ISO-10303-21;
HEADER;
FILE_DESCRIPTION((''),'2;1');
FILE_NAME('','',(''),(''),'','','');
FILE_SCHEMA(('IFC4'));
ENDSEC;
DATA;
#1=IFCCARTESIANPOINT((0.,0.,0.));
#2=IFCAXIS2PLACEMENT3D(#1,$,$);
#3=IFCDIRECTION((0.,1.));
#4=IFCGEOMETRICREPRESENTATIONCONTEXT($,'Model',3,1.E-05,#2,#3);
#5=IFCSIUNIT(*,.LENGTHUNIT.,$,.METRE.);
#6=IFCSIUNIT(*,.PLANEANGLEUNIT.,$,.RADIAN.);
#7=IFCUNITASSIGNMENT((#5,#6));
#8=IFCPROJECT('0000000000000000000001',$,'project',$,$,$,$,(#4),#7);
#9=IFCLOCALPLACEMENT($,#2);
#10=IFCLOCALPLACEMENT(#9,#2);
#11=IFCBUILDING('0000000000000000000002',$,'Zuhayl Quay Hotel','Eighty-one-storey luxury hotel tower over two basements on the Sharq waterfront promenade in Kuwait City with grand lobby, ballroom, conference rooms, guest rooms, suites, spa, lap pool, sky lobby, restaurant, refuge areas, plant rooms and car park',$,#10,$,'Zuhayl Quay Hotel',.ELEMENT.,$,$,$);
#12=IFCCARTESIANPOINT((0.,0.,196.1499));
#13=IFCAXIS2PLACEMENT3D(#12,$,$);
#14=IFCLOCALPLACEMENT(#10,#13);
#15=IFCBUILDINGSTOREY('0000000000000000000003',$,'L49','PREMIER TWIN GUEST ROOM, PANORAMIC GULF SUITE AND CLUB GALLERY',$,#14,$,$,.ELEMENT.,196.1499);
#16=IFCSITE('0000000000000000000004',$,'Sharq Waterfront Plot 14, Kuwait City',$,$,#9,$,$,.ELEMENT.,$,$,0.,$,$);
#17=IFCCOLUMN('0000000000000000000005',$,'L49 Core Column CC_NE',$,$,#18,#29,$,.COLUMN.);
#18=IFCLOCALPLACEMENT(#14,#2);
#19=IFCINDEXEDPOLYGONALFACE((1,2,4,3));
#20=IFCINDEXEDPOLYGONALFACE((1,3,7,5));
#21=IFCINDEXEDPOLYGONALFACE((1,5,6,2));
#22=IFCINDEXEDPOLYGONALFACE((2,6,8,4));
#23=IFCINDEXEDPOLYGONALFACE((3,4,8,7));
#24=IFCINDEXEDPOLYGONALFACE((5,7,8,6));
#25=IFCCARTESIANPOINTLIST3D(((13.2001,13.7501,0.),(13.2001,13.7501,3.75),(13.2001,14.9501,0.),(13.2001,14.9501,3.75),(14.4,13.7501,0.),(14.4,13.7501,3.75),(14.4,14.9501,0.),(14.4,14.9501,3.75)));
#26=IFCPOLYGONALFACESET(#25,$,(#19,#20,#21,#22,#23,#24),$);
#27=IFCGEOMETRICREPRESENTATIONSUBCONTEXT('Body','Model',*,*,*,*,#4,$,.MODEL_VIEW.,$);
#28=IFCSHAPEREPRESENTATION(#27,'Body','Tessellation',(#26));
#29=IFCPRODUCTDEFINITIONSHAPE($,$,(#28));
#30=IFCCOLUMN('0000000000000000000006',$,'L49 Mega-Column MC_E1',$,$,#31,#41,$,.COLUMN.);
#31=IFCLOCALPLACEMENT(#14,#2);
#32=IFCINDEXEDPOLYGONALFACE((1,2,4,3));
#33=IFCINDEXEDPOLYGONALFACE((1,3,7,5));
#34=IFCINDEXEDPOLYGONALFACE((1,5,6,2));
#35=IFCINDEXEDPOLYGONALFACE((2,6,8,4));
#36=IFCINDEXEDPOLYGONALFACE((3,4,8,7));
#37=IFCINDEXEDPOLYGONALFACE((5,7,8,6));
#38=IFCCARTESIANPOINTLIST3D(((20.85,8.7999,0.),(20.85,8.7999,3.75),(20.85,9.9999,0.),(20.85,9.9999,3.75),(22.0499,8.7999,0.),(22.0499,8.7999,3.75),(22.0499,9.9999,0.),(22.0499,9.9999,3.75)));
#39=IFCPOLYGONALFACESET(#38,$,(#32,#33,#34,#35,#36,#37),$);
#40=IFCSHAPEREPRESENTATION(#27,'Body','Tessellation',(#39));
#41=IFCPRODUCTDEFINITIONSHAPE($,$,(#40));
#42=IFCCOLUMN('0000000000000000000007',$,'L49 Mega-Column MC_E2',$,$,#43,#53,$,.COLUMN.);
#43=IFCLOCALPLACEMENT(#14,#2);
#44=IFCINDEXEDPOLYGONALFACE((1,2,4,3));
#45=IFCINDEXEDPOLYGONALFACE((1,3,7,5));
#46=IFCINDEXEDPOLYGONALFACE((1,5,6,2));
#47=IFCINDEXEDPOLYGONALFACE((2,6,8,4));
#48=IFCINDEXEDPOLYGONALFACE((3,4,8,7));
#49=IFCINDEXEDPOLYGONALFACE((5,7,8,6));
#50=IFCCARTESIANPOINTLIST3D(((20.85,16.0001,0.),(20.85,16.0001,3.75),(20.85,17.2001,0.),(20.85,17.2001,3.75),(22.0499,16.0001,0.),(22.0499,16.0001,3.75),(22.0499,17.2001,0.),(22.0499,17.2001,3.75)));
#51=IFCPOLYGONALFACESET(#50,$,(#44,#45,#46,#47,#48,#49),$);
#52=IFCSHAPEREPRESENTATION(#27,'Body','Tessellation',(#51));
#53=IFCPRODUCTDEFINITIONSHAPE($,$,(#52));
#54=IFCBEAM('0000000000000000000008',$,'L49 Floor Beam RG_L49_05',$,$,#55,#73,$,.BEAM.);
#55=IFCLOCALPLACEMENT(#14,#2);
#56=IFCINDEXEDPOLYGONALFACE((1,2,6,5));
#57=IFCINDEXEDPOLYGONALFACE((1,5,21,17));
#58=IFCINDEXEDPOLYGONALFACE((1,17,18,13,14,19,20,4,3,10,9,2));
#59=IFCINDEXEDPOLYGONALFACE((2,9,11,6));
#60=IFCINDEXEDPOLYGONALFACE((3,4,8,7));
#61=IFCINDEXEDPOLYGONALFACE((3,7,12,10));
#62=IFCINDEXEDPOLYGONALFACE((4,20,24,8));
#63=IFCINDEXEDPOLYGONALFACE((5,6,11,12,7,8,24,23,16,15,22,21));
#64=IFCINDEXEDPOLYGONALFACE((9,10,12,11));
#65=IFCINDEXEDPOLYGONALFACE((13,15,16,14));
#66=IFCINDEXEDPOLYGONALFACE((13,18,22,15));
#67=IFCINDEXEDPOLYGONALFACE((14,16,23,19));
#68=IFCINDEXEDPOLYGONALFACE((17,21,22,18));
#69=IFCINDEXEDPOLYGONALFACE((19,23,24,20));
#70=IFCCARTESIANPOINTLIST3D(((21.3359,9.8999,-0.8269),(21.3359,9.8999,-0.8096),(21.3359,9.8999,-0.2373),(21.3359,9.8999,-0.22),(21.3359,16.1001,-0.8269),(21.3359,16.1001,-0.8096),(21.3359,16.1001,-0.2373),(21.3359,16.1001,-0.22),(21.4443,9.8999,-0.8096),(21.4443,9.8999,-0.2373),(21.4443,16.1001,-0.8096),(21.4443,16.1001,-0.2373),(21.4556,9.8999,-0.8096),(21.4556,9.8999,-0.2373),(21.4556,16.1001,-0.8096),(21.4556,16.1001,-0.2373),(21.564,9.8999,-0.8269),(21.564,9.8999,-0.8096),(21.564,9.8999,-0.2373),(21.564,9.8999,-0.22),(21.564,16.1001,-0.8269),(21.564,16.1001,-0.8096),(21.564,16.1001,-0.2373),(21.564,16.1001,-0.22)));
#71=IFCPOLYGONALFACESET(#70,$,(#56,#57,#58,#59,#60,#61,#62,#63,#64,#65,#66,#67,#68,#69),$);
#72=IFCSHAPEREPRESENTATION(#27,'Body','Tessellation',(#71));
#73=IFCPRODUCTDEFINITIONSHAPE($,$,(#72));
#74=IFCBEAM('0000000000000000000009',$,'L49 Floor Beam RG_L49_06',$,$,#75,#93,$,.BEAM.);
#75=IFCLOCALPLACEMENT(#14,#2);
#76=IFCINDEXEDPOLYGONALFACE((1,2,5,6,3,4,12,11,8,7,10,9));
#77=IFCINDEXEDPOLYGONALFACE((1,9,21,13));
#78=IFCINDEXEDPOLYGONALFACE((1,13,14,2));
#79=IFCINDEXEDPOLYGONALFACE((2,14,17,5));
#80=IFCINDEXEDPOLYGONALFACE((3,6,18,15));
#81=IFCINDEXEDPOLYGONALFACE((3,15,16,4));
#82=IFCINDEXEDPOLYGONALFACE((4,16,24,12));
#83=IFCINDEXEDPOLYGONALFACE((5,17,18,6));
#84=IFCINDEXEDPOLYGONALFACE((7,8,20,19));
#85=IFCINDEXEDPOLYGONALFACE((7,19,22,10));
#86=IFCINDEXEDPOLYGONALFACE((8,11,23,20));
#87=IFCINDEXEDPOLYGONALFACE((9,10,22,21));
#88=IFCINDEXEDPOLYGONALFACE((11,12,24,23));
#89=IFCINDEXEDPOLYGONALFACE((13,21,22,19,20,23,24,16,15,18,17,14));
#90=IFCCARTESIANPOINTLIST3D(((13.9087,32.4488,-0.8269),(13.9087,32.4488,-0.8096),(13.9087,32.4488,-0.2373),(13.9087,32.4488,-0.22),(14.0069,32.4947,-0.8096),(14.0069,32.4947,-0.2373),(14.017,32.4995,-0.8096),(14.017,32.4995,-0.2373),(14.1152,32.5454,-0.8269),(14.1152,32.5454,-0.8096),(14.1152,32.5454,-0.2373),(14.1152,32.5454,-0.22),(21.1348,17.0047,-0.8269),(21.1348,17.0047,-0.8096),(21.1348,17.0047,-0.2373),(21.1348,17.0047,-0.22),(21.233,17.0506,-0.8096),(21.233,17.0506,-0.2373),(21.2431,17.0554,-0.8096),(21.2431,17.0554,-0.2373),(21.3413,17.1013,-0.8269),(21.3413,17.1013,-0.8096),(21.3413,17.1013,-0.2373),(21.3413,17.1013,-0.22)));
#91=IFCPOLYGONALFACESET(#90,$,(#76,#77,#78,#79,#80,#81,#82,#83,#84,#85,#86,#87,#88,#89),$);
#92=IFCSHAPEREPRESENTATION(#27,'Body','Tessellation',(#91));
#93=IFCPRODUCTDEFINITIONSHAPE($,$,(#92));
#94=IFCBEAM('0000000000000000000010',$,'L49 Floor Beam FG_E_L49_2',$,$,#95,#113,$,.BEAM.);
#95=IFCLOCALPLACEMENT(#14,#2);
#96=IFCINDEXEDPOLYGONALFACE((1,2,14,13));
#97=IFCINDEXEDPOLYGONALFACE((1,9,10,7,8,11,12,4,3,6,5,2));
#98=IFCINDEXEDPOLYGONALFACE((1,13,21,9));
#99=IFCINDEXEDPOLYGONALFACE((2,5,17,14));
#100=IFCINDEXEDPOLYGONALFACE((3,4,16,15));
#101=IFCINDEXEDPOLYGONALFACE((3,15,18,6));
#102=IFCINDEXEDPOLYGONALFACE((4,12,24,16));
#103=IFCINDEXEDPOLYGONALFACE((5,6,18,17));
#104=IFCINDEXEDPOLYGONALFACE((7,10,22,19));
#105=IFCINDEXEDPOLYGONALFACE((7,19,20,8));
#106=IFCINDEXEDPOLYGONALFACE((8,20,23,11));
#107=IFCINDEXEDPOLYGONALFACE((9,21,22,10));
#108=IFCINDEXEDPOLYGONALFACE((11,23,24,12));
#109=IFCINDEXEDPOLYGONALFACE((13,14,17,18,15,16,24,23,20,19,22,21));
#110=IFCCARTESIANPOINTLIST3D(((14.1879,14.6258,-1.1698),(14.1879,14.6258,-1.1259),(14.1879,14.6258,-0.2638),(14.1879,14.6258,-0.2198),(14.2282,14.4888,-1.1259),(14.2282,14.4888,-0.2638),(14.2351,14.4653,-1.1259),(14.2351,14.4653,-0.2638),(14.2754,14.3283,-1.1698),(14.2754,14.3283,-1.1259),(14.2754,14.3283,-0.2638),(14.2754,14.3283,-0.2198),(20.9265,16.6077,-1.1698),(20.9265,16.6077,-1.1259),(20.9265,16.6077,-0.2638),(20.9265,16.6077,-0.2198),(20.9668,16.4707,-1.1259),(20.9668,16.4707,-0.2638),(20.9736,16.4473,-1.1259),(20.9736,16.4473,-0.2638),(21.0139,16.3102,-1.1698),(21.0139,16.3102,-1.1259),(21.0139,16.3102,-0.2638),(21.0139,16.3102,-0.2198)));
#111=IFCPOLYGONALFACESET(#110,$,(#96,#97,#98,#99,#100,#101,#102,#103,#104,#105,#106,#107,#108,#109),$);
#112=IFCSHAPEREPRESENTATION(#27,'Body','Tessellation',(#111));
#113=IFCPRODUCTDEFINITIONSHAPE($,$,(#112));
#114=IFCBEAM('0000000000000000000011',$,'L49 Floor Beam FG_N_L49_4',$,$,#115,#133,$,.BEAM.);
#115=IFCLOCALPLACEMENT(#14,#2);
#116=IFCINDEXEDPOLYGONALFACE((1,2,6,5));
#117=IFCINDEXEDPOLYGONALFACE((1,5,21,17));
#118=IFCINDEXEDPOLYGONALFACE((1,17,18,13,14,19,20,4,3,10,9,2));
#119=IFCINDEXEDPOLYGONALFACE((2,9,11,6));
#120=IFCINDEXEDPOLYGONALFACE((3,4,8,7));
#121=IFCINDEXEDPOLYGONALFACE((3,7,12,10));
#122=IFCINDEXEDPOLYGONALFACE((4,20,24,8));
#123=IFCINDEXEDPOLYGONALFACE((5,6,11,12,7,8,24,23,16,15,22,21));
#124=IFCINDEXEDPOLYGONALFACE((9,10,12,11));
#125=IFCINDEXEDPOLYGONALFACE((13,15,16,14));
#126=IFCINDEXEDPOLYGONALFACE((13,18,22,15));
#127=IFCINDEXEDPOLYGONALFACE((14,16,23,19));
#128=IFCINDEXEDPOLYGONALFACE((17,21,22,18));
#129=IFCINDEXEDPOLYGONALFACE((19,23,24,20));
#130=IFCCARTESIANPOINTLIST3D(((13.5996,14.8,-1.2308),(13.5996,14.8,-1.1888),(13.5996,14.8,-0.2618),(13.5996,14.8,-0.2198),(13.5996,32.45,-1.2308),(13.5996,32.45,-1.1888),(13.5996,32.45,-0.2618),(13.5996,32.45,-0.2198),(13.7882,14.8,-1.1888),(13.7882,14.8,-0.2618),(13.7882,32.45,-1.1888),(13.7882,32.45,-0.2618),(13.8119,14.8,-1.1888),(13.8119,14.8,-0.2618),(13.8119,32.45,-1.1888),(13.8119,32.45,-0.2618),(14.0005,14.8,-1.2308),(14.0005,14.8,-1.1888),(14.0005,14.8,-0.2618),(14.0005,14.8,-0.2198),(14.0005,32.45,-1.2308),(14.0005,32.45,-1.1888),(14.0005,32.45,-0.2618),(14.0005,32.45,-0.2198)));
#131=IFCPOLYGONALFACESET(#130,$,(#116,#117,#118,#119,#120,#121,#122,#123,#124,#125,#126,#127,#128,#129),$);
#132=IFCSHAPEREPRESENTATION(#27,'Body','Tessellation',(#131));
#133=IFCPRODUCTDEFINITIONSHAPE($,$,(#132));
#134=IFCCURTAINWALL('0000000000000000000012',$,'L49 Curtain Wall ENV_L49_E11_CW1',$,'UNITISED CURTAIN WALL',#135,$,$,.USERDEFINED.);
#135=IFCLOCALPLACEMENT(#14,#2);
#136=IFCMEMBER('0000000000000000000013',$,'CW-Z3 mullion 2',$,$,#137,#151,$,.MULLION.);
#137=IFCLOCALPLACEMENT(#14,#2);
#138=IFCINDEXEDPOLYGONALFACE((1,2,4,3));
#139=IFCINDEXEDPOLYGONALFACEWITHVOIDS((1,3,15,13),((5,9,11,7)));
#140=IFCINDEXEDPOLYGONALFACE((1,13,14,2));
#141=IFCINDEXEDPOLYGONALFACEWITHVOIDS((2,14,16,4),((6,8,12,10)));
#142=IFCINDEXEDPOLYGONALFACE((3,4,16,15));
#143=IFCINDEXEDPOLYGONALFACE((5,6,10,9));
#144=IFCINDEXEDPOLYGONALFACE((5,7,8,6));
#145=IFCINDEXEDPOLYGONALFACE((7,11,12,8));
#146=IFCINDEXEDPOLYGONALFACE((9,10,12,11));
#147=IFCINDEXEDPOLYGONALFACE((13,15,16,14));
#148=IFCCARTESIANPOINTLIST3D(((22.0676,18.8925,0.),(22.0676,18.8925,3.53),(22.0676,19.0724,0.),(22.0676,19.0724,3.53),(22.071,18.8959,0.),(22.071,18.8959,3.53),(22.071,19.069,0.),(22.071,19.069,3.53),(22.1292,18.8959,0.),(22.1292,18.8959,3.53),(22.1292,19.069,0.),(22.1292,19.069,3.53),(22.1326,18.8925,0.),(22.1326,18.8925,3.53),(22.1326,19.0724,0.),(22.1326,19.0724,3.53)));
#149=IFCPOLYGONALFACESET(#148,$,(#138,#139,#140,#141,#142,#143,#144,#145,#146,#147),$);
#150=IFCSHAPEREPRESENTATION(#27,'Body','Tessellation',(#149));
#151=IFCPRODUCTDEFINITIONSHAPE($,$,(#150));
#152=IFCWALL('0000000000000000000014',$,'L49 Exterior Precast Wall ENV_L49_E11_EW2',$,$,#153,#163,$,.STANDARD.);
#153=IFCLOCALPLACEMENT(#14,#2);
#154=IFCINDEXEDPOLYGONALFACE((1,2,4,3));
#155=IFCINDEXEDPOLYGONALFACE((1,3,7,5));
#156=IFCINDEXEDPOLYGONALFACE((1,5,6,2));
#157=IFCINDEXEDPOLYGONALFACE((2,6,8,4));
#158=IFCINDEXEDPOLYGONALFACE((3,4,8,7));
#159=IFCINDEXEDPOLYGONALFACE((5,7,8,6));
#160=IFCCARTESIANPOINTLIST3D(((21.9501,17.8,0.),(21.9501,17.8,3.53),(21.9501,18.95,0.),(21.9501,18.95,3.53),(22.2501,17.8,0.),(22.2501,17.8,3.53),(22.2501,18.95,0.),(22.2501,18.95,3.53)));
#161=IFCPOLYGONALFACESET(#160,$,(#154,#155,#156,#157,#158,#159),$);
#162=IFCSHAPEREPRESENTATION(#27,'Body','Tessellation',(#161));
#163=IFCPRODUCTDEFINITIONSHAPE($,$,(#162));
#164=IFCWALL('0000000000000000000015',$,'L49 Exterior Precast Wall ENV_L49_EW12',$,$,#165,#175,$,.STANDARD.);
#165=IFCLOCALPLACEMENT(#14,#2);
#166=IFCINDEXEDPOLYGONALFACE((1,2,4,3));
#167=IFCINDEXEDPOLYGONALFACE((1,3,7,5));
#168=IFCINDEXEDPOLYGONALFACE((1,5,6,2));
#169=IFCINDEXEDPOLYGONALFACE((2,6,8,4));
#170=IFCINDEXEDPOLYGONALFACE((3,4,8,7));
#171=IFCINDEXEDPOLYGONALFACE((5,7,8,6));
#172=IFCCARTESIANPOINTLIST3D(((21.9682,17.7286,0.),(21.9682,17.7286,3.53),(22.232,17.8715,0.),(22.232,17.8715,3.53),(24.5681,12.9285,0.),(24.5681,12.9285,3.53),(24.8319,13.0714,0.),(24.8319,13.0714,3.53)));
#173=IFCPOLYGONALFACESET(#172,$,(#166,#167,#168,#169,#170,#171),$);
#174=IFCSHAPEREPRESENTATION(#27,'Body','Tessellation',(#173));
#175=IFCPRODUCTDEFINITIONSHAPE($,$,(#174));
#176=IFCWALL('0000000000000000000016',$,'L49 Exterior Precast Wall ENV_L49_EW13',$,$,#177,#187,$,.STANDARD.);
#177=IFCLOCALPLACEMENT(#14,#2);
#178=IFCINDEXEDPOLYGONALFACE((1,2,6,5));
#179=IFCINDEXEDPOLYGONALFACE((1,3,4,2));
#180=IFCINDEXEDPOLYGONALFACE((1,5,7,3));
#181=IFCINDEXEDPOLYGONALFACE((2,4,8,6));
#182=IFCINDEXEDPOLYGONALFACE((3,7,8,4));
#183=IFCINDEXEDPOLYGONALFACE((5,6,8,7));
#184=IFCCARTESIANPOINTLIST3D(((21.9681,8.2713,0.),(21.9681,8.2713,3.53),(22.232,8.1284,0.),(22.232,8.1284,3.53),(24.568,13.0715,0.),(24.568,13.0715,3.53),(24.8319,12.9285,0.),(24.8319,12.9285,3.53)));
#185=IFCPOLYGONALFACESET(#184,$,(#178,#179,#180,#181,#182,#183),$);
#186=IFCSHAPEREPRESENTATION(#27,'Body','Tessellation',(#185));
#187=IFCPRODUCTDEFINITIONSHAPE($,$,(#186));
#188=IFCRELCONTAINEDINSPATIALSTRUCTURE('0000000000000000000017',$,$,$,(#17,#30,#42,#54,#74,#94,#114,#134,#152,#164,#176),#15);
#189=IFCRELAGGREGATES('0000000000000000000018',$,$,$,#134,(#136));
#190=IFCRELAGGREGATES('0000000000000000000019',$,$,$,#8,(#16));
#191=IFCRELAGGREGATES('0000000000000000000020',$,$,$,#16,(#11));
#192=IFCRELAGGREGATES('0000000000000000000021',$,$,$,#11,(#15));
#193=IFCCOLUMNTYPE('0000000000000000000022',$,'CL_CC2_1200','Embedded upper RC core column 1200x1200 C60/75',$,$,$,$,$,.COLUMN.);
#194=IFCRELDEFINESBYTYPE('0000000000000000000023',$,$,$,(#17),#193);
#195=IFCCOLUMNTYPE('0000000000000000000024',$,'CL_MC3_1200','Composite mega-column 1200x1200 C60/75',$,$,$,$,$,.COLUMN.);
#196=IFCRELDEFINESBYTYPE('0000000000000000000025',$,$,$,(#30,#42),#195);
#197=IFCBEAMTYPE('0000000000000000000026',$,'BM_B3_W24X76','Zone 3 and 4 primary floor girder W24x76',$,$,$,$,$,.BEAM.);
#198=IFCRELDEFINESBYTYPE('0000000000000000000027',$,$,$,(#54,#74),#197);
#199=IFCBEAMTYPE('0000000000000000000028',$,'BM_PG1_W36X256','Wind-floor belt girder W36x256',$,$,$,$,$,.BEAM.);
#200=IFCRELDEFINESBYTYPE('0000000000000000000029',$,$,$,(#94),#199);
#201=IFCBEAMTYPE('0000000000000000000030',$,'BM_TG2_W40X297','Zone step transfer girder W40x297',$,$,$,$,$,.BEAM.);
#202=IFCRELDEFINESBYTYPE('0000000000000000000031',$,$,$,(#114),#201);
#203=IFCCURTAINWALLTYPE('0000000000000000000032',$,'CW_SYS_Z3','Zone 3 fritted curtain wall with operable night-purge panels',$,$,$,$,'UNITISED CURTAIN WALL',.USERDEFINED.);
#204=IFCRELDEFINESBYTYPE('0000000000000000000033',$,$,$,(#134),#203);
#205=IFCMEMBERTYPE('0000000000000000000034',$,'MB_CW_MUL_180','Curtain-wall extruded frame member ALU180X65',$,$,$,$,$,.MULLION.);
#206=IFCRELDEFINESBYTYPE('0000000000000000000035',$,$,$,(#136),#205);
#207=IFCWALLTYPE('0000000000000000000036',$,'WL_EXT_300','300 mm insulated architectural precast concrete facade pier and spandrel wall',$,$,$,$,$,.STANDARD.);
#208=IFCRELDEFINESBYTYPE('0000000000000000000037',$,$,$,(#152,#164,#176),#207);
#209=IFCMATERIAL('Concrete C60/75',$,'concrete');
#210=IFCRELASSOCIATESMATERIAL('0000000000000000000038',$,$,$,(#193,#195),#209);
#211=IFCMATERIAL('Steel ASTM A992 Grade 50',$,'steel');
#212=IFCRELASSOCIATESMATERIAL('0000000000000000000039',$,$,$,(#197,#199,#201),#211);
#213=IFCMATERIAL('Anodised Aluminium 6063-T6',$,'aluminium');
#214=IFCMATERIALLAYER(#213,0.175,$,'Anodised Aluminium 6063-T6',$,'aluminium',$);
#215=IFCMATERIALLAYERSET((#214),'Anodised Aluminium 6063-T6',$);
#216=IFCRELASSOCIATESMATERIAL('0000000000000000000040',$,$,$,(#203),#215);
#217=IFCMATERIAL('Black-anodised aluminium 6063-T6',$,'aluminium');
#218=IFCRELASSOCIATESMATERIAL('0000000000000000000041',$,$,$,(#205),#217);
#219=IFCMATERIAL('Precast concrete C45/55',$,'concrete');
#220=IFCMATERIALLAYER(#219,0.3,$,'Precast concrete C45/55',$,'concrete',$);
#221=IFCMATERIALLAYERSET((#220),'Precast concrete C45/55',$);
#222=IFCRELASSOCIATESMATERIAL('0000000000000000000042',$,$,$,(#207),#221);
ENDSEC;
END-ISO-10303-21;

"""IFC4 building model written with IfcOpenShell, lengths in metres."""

from ifc_helpers import new_model, si_unit, direction, frame, frame_2d, origin, origin_2d, place, context, subcontext, project, spatial, rectangle, hollow_rectangle, i_section, extrude, material, layer, layer_set, material_profile, profile_set, type_object, element, aggregate, save


model = new_model("IFC4")

# Units and contexts
model_context = context("Model", 3, precision=1e-05, world=origin(), true_north=direction((0.0, 1.0)))
body_context = subcontext(model_context, "Body", "Model", "MODEL_VIEW")
ifc_project = project(units=[si_unit("LENGTHUNIT", "METRE"), si_unit("PLANEANGLEUNIT", "RADIAN")], contexts=[model_context])

# Site, building, storey
site_placement = place(None, origin())
site = spatial("IfcSite", under=ifc_project, at=site_placement, Name="Sharq Waterfront Plot 14, Kuwait City", CompositionType="ELEMENT", RefElevation=0.0)
building_placement = place(site_placement, origin())
building = spatial("IfcBuilding", under=site, at=building_placement, Name="Zuhayl Quay Hotel", Description="Eighty-one-storey luxury hotel tower over two basements on the Sharq waterfront promenade in Kuwait City with grand lobby, ballroom, conference rooms, guest rooms, suites, spa, lap pool, sky lobby, restaurant, refuge areas, plant rooms and car park", LongName="Zuhayl Quay Hotel", CompositionType="ELEMENT")
storey_placement = place(building_placement, frame((0.0, 0.0, 196.1499)))
storey = spatial("IfcBuildingStorey", under=building, at=storey_placement, Name="L49", Description="PREMIER TWIN GUEST ROOM, PANORAMIC GULF SUITE AND CLUB GALLERY", CompositionType="ELEMENT", Elevation=196.1499)

# Columns
ifc_material_1 = material(Name="Concrete C60/75", Category="concrete")
ifc_material_profile_1 = material_profile(ifc_material_1, rectangle(XDim=1.2, YDim=1.2, at=origin_2d()), Name="RC1200X1200")
ifc_profile_set_1 = profile_set([ifc_material_profile_1], Name="Concrete C60/75")
column_type_1 = type_object("IfcColumnType", Name="CL_CC2_1200", Description="Embedded upper RC core column 1200x1200 C60/75", PredefinedType="COLUMN", material=ifc_profile_set_1)
column_placement = place(storey_placement, frame((13.8, 14.3501, 0.0), z_axis=(0.0, 0.0, 1.0), x_axis=(1.0, 0.0, 0.0)))
element("IfcColumn", 1, at=column_placement, inside=storey, type_object=column_type_1, Name="L49 Core Column CC_NE", PredefinedType="COLUMN", context=body_context, shape_type="SweptSolid", body=[
    extrude(rectangle(XDim=1.2, YDim=1.2, at=origin_2d()), origin(), (0.0, 0.0, 1.0), 3.75),
])
ifc_material_profile_2 = material_profile(ifc_material_1, rectangle(XDim=1.2, YDim=1.2, at=origin_2d()), Name="RC1200X1200")
ifc_profile_set_2 = profile_set([ifc_material_profile_2], Name="Concrete C60/75")
column_type_2 = type_object("IfcColumnType", Name="CL_MC3_1200", Description="Composite mega-column 1200x1200 C60/75", PredefinedType="COLUMN", material=ifc_profile_set_2)
for number, where, z_axis, x_axis, name in (
    (2, (21.45, 9.3999, 0.0), (0.0, 0.0, 1.0), (1.0, 0.0, 0.0), "L49 Mega-Column MC_E1"),
    (3, (21.45, 16.6001, 0.0), (0.0, 0.0, 1.0), (1.0, 0.0, 0.0), "L49 Mega-Column MC_E2"),
):
    element("IfcColumn", number, at=place(storey_placement, frame(where, z_axis=z_axis, x_axis=x_axis)), inside=storey, type_object=column_type_2, Name=name, PredefinedType="COLUMN", context=body_context, shape_type="SweptSolid", body=[
        extrude(rectangle(XDim=1.2, YDim=1.2, at=origin_2d()), origin(), (0.0, 0.0, 1.0), 3.75),
    ])

# Beams
ifc_material_2 = material(Name="Steel ASTM A992 Grade 50", Category="steel")
ifc_material_profile_3 = material_profile(ifc_material_2, i_section(OverallWidth=0.228, OverallDepth=0.6069, WebThickness=0.0112, FlangeThickness=0.0173, at=origin_2d()), Name="W24X76")
ifc_profile_set_3 = profile_set([ifc_material_profile_3], Name="Steel ASTM A992 Grade 50")
beam_type_1 = type_object("IfcBeamType", Name="BM_B3_W24X76", Description="Zone 3 and 4 primary floor girder W24x76", PredefinedType="BEAM", material=ifc_profile_set_3)
beam_1_placement = place(storey_placement, frame((21.45, 9.8999, -0.5234), z_axis=(0.0, 1.0, 0.0), x_axis=(-1.0, 0.0, 0.0)))
element("IfcBeam", 4, at=beam_1_placement, inside=storey, type_object=beam_type_1, Name="L49 Floor Beam RG_L49_05", PredefinedType="BEAM", context=body_context, shape_type="SweptSolid", body=[
    extrude(i_section(OverallWidth=0.228, OverallDepth=0.6069, WebThickness=0.0112, FlangeThickness=0.0173, at=origin_2d()), origin(), (0.0, 0.0, 1.0), 6.2002),
])
beam_2_placement = place(storey_placement, frame((21.238, 17.053, -0.5234), z_axis=(-0.423792, 0.905759, 0.0), x_axis=(-0.905759, -0.423792, 0.0)))
element("IfcBeam", 5, at=beam_2_placement, inside=storey, type_object=beam_type_1, Name="L49 Floor Beam RG_L49_06", PredefinedType="BEAM", context=body_context, shape_type="SweptSolid", body=[
    extrude(i_section(OverallWidth=0.228, OverallDepth=0.6069, WebThickness=0.0112, FlangeThickness=0.0173, at=origin_2d()), origin(), (0.0, 0.0, 1.0), 17.051),
])
ifc_material_profile_4 = material_profile(ifc_material_2, i_section(OverallWidth=0.3101, OverallDepth=0.95, WebThickness=0.0244, FlangeThickness=0.0439, at=origin_2d()), Name="W36X256")
ifc_profile_set_4 = profile_set([ifc_material_profile_4], Name="Steel ASTM A992 Grade 50")
beam_type_2 = type_object("IfcBeamType", Name="BM_PG1_W36X256", Description="Wind-floor belt girder W36x256", PredefinedType="BEAM", material=ifc_profile_set_4)
beam_3_placement = place(storey_placement, frame((14.2317, 14.4771, -0.6948), z_axis=(0.959365, 0.282168, 0.0), x_axis=(-0.282168, 0.959365, 0.0)))
element("IfcBeam", 6, at=beam_3_placement, inside=storey, type_object=beam_type_2, Name="L49 Floor Beam FG_E_L49_2", PredefinedType="BEAM", context=body_context, shape_type="SweptSolid", body=[
    extrude(i_section(OverallWidth=0.3101, OverallDepth=0.95, WebThickness=0.0244, FlangeThickness=0.0439, at=origin_2d()), origin(), (0.0, 0.0, 1.0), 7.0239),
])
ifc_material_profile_5 = material_profile(ifc_material_2, i_section(OverallWidth=0.4009, OverallDepth=1.011, WebThickness=0.0237, FlangeThickness=0.042, at=origin_2d()), Name="W40X297")
ifc_profile_set_5 = profile_set([ifc_material_profile_5], Name="Steel ASTM A992 Grade 50")
beam_type_3 = type_object("IfcBeamType", Name="BM_TG2_W40X297", Description="Zone step transfer girder W40x297", PredefinedType="BEAM", material=ifc_profile_set_5)
beam_4_placement = place(storey_placement, frame((13.8, 14.8, -0.7253), z_axis=(0.0, 1.0, 0.0), x_axis=(-1.0, 0.0, 0.0)))
element("IfcBeam", 7, at=beam_4_placement, inside=storey, type_object=beam_type_3, Name="L49 Floor Beam FG_N_L49_4", PredefinedType="BEAM", context=body_context, shape_type="SweptSolid", body=[
    extrude(i_section(OverallWidth=0.4009, OverallDepth=1.011, WebThickness=0.0237, FlangeThickness=0.042, at=origin_2d()), origin(), (0.0, 0.0, 1.0), 17.6499),
])

# Curtain wall, member
ifc_material_3 = material(Name="Anodised Aluminium 6063-T6", Category="aluminium")
ifc_layer_1 = layer(ifc_material_3, 0.175, Name="Anodised Aluminium 6063-T6", Category="aluminium")
ifc_layer_set_1 = layer_set([ifc_layer_1], Name="Anodised Aluminium 6063-T6")
curtain_wall_type = type_object("IfcCurtainWallType", Name="CW_SYS_Z3", Description="Zone 3 fritted curtain wall with operable night-purge panels", ElementType="UNITISED CURTAIN WALL", PredefinedType="USERDEFINED", material=ifc_layer_set_1)
curtain_wall_placement = place(storey_placement, origin())
curtain_wall = element("IfcCurtainWall", 8, at=curtain_wall_placement, inside=storey, type_object=curtain_wall_type, Name="L49 Curtain Wall ENV_L49_E11_CW1", ObjectType="UNITISED CURTAIN WALL", PredefinedType="USERDEFINED")
ifc_material_4 = material(Name="Black-anodised aluminium 6063-T6", Category="aluminium")
ifc_material_profile_6 = material_profile(ifc_material_4, hollow_rectangle(XDim=0.0649, YDim=0.1799, WallThickness=0.0034, at=origin_2d()), Name="ALU180X65")
ifc_profile_set_6 = profile_set([ifc_material_profile_6], Name="Black-anodised aluminium 6063-T6")
member_type = type_object("IfcMemberType", Name="MB_CW_MUL_180", Description="Curtain-wall extruded frame member ALU180X65", PredefinedType="MULLION", material=ifc_profile_set_6)
member_placement = place(storey_placement, frame((22.1001, 18.9824, 0.0), z_axis=(0.0, 0.0, 1.0), x_axis=(1.0, 0.0, 0.0)))
member = element("IfcMember", 9, at=member_placement, type_object=member_type, Name="CW-Z3 mullion 2", PredefinedType="MULLION", context=body_context, shape_type="SweptSolid", body=[
    extrude(hollow_rectangle(XDim=0.0649, YDim=0.1799, WallThickness=0.0034, at=origin_2d()), origin(), (0.0, 0.0, 1.0), 3.53),
])
aggregate(curtain_wall, [member])

# Walls
ifc_material_5 = material(Name="Precast concrete C45/55", Category="concrete")
ifc_layer_2 = layer(ifc_material_5, 0.3, Name="Precast concrete C45/55", Category="concrete")
ifc_layer_set_2 = layer_set([ifc_layer_2], Name="Precast concrete C45/55")
wall_type_1 = type_object("IfcWallType", Name="WL_EXT_300", Description="300 mm insulated architectural precast concrete facade pier and spandrel wall", PredefinedType="STANDARD", material=ifc_layer_set_2)
wall_1_placement = place(storey_placement, frame((22.1001, 18.95, 0.0), z_axis=(0.0, 0.0, 1.0), x_axis=(0.0, -1.0, 0.0)))
element("IfcWall", 10, at=wall_1_placement, inside=storey, type_object=wall_type_1, Name="L49 Exterior Precast Wall ENV_L49_E11_EW2", PredefinedType="STANDARD", context=body_context, shape_type="SweptSolid", body=[
    extrude(rectangle(XDim=1.1499, YDim=0.3, at=frame_2d((0.575, 0.0))), origin(), (0.0, 0.0, 1.0), 3.53),
])
for number, where, z_axis, x_axis, name in (
    (11, (22.1001, 17.8, 0.0), (0.0, 0.0, 1.0), (0.476259, -0.879305, 0.0), "L49 Exterior Precast Wall ENV_L49_EW12"),
    (12, (24.7, 13.0, 0.0), (0.0, 0.0, 1.0), (-0.476259, -0.879305, 0.0), "L49 Exterior Precast Wall ENV_L49_EW13"),
):
    element("IfcWall", number, at=place(storey_placement, frame(where, z_axis=z_axis, x_axis=x_axis)), inside=storey, type_object=wall_type_1, Name=name, PredefinedType="STANDARD", context=body_context, shape_type="SweptSolid", body=[
        extrude(rectangle(XDim=5.459, YDim=0.3, at=frame_2d((2.7295, 0.0))), origin(), (0.0, 0.0, 1.0), 3.53),
    ])

save(model, "model.ifc")
